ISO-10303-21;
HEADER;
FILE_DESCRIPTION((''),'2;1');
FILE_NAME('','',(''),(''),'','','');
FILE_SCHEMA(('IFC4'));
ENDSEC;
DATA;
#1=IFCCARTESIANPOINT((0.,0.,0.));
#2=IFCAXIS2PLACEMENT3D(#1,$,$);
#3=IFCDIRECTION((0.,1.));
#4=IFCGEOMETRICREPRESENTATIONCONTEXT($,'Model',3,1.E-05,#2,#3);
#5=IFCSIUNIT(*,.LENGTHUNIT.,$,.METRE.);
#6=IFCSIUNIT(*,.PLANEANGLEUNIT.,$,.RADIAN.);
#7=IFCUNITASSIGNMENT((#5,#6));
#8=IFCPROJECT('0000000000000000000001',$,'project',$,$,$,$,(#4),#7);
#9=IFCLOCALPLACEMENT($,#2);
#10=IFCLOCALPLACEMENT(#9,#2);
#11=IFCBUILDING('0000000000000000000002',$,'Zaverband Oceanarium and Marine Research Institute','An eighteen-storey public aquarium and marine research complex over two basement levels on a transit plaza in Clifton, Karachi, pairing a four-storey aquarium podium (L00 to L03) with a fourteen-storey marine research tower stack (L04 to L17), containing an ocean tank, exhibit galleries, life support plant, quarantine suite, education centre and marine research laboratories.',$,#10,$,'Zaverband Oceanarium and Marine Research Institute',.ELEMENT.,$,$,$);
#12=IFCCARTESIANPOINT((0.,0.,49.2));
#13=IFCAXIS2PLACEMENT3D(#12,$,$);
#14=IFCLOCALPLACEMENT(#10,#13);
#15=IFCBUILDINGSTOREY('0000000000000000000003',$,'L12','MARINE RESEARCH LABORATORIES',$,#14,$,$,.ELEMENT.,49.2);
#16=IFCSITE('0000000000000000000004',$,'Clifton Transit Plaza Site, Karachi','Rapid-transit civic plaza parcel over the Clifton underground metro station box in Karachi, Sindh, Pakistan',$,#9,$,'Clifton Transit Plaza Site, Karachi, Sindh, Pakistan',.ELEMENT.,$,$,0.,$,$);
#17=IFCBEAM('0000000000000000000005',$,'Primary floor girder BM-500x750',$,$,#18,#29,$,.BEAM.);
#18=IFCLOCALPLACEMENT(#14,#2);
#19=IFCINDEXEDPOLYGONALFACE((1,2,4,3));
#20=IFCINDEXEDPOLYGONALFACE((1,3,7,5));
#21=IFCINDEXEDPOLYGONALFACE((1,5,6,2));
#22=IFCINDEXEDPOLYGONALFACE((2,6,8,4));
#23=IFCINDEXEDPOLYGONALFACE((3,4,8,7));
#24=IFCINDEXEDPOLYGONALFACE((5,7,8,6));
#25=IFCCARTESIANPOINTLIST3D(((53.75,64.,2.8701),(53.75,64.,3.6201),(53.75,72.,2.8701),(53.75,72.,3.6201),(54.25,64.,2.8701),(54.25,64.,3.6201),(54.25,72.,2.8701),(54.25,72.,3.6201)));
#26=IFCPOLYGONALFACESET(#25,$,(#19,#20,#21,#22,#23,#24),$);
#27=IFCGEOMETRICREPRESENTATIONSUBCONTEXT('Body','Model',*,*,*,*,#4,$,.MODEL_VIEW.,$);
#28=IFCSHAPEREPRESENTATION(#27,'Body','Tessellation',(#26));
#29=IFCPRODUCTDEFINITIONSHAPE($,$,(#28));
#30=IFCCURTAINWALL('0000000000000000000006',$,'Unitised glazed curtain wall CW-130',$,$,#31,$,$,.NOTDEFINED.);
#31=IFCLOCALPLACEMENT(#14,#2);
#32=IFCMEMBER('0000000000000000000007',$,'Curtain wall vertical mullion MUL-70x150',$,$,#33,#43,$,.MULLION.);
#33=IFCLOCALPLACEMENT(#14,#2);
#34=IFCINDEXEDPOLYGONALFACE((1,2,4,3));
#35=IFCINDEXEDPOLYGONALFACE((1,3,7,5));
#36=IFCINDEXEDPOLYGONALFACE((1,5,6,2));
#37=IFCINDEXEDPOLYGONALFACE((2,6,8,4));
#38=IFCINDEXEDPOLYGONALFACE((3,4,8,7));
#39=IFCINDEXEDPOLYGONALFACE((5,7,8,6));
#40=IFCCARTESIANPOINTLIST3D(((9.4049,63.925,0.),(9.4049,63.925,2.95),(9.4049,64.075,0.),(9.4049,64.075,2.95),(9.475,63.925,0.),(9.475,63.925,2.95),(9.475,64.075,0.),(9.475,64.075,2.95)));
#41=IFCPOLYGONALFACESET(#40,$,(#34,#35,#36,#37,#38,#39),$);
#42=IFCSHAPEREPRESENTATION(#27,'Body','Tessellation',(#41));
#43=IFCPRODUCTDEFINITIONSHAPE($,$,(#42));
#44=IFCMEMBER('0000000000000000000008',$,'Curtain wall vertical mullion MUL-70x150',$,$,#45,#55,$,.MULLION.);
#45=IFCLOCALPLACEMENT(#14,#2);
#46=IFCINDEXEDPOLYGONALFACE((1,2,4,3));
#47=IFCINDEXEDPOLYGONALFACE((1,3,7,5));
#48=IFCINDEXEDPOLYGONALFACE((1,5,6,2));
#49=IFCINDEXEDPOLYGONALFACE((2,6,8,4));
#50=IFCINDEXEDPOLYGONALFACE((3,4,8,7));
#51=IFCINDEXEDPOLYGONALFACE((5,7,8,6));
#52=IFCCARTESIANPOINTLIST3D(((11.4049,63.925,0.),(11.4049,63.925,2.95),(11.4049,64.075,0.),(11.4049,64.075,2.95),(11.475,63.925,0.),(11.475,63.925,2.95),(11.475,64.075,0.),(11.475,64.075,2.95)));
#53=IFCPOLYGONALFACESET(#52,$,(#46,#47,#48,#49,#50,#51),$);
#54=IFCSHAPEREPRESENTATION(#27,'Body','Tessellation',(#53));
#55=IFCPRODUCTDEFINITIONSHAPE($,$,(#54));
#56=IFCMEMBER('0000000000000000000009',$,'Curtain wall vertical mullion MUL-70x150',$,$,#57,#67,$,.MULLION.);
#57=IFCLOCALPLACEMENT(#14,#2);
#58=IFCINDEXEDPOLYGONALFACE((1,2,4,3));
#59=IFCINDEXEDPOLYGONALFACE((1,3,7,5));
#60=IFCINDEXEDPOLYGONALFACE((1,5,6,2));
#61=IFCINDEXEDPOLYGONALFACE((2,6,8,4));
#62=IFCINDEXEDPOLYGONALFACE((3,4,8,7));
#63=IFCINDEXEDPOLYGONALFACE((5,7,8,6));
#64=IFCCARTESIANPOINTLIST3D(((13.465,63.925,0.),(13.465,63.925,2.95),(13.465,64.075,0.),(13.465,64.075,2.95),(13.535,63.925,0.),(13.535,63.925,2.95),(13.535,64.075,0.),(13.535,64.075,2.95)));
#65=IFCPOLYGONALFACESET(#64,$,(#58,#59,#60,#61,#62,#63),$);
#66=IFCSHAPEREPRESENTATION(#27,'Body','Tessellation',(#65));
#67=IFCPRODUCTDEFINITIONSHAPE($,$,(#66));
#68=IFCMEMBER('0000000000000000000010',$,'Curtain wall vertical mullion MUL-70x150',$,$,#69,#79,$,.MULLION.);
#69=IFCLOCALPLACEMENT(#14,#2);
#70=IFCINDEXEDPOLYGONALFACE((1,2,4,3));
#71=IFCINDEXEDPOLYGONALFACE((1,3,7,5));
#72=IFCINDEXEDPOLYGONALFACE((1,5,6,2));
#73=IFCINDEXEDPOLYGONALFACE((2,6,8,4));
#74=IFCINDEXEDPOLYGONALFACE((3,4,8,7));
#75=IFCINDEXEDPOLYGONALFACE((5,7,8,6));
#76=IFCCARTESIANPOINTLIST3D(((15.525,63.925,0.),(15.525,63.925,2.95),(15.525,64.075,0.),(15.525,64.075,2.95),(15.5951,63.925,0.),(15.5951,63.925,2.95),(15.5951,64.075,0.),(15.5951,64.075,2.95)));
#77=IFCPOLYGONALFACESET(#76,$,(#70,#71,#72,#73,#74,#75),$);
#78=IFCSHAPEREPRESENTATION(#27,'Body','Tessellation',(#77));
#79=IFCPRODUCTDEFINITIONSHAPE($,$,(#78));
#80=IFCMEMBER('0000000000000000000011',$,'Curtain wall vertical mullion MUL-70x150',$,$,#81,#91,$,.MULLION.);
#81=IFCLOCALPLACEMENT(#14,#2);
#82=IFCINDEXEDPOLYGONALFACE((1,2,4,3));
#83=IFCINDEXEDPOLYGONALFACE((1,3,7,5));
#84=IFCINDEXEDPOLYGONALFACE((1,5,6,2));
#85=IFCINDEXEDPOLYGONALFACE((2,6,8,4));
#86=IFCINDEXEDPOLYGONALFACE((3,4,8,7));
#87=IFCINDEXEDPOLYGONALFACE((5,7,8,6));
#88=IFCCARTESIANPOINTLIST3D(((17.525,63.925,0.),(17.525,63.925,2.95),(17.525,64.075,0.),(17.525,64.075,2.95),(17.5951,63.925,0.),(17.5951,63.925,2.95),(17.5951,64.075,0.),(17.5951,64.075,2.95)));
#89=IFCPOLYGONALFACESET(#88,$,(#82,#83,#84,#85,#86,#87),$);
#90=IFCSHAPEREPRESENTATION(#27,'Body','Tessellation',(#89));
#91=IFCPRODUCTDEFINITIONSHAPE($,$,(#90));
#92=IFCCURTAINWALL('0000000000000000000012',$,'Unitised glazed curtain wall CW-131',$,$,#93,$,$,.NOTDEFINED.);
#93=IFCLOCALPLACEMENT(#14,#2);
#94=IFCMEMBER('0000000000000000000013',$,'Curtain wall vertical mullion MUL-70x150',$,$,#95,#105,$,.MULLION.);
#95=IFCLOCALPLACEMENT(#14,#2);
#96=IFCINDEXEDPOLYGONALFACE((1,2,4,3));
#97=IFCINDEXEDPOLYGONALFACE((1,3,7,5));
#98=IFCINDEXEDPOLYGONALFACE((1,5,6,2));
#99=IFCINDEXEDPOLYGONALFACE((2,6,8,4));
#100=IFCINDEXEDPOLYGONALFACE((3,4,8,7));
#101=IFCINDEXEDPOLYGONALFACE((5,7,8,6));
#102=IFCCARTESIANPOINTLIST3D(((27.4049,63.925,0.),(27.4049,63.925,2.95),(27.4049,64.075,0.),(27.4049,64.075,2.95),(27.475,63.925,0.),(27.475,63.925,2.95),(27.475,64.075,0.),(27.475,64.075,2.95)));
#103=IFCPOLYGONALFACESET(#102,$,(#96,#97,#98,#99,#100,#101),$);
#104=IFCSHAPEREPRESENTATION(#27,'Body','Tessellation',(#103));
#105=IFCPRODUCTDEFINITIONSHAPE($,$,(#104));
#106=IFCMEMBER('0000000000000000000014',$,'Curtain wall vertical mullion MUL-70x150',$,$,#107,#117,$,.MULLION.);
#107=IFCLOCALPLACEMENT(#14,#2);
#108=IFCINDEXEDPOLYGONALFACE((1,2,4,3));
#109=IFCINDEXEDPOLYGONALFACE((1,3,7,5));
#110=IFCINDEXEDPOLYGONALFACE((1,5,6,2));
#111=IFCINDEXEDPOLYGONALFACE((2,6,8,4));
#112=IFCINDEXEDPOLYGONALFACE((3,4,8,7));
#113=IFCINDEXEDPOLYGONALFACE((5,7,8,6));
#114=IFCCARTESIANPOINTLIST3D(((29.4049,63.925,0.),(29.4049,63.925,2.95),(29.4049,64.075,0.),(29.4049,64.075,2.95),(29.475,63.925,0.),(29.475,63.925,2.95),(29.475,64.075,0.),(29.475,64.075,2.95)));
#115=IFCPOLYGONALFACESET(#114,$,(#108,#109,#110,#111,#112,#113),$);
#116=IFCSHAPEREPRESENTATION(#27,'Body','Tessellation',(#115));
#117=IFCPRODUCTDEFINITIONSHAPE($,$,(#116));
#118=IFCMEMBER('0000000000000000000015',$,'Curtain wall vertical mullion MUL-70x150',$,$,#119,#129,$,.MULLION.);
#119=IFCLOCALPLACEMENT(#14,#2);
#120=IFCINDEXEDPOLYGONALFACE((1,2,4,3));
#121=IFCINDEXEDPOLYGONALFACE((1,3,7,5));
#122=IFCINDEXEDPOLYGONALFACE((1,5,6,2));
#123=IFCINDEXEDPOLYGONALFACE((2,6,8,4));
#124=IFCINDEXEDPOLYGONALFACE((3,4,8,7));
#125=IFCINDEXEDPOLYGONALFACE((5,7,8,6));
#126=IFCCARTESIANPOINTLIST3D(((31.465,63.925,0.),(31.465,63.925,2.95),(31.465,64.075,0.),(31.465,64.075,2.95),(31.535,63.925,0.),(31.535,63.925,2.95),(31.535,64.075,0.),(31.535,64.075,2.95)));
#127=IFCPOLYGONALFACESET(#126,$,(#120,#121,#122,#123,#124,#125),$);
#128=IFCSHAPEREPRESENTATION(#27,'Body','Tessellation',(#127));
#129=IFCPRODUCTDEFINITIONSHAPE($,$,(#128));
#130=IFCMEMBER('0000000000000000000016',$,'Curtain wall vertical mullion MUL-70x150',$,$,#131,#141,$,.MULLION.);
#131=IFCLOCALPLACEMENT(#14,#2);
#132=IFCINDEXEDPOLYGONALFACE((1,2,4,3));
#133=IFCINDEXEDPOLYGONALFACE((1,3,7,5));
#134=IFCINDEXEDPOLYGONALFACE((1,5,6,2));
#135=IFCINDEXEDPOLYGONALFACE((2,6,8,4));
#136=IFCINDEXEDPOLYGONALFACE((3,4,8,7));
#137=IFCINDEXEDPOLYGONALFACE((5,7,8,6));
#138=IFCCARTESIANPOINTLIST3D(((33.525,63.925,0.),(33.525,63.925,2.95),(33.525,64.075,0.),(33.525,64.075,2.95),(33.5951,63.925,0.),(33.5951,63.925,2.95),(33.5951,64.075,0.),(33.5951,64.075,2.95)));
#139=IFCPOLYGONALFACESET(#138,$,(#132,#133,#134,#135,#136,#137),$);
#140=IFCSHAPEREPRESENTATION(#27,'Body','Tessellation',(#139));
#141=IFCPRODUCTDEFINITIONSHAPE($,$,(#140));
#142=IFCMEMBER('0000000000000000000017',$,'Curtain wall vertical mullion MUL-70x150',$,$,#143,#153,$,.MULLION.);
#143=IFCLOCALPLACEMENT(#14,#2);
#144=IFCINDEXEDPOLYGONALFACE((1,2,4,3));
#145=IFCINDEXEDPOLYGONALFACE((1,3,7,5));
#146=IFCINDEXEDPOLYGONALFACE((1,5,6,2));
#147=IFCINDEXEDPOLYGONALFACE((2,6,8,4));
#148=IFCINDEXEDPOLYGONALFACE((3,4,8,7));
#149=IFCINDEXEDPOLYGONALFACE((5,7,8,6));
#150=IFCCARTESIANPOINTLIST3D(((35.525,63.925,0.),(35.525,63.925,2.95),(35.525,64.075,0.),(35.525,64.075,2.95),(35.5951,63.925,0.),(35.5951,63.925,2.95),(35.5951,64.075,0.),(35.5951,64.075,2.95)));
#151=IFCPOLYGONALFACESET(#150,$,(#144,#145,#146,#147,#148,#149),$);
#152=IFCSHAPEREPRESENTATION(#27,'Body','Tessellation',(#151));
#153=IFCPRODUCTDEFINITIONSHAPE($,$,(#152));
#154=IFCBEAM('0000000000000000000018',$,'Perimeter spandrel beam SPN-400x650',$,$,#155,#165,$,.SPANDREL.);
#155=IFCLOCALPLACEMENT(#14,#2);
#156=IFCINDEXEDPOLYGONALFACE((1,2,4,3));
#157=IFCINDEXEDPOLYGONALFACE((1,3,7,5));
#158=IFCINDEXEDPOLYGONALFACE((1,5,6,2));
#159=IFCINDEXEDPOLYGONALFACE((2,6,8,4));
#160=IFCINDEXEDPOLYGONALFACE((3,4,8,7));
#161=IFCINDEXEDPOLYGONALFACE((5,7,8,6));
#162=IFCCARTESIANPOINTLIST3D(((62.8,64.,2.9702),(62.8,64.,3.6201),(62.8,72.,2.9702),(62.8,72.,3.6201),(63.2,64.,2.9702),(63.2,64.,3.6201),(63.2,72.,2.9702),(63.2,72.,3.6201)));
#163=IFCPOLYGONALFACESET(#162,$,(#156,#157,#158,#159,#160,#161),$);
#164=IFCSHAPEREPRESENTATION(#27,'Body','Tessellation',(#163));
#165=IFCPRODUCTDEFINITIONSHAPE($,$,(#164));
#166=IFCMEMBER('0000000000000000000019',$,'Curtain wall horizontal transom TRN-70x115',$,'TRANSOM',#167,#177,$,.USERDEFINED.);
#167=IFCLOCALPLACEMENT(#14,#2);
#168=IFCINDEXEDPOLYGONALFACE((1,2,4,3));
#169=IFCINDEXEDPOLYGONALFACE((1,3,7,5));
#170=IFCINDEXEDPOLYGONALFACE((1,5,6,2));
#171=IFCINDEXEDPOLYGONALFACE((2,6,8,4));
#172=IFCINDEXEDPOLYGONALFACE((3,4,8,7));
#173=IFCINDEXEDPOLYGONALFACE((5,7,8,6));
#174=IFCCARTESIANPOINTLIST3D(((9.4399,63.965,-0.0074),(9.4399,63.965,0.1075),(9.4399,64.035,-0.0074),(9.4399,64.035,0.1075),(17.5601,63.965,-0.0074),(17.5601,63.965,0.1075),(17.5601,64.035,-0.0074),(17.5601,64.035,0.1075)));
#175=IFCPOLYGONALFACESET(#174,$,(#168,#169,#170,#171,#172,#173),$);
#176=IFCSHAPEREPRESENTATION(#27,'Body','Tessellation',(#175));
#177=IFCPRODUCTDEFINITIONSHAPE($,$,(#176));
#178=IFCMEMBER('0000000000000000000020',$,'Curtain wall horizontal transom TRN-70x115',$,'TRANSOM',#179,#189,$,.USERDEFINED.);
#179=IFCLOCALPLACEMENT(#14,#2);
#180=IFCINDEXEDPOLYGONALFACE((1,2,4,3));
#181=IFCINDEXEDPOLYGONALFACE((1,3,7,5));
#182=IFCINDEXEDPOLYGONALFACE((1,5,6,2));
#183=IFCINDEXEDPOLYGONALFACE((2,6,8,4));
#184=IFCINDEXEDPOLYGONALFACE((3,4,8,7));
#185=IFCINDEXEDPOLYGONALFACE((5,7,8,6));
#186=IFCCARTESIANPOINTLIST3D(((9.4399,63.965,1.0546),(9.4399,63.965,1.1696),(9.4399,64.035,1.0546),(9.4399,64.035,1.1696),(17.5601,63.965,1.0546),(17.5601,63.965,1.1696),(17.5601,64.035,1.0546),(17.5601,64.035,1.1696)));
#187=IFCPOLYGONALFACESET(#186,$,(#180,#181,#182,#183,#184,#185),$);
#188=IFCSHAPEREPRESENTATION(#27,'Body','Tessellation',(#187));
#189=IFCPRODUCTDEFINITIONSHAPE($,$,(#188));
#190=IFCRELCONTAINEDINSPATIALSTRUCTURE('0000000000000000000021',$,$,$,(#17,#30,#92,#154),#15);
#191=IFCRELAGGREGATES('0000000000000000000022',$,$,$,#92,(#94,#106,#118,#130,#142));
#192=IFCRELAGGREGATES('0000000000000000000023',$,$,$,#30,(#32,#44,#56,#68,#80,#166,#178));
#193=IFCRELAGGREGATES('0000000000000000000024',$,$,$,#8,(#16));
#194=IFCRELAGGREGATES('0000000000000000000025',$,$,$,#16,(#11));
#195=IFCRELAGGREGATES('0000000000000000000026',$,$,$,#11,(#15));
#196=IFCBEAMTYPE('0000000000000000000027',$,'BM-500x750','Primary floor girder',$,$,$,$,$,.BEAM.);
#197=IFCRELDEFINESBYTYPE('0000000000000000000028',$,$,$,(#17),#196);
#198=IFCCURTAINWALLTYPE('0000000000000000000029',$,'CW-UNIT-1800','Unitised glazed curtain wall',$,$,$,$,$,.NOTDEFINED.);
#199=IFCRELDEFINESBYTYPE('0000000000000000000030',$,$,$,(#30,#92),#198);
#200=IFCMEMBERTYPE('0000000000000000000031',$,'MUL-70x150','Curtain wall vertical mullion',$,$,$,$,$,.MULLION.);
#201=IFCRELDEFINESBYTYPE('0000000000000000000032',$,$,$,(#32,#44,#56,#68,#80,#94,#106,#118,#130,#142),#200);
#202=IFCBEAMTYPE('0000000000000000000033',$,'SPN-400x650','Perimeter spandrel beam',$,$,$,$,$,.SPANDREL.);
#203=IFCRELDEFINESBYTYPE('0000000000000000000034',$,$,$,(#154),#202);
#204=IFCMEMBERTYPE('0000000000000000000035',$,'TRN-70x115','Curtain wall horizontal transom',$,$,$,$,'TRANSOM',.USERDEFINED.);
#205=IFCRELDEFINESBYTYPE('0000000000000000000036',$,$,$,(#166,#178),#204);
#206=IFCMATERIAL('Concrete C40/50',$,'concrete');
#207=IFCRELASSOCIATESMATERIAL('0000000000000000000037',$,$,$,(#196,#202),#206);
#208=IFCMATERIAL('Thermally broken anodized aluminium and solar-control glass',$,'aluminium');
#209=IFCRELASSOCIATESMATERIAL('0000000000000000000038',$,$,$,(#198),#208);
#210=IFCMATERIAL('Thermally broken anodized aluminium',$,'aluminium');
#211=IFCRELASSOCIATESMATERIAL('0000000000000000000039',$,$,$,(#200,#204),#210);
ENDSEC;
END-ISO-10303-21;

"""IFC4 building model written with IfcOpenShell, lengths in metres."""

from ifc_helpers import new_model, si_unit, direction, frame, origin, origin_2d, place, context, subcontext, project, spatial, rectangle, extrude, material, material_profile, profile_set, type_object, element, aggregate, save


model = new_model("IFC4")

# Units and contexts
model_context = context("Model", 3, precision=1e-05, world=origin(), true_north=direction((0.0, 1.0)))
body_context = subcontext(model_context, "Body", "Model", "MODEL_VIEW")
ifc_project = project(units=[si_unit("LENGTHUNIT", "METRE"), si_unit("PLANEANGLEUNIT", "RADIAN")], contexts=[model_context])

# Site, building, storey
site_placement = place(None, origin())
site = spatial("IfcSite", under=ifc_project, at=site_placement, Name="Clifton Transit Plaza Site, Karachi", Description="Rapid-transit civic plaza parcel over the Clifton underground metro station box in Karachi, Sindh, Pakistan", LongName="Clifton Transit Plaza Site, Karachi, Sindh, Pakistan", CompositionType="ELEMENT", RefElevation=0.0)
building_placement = place(site_placement, origin())
building = spatial("IfcBuilding", under=site, at=building_placement, Name="Zaverband Oceanarium and Marine Research Institute", Description="An eighteen-storey public aquarium and marine research complex over two basement levels on a transit plaza in Clifton, Karachi, pairing a four-storey aquarium podium (L00 to L03) with a fourteen-storey marine research tower stack (L04 to L17), containing an ocean tank, exhibit galleries, life support plant, quarantine suite, education centre and marine research laboratories.", LongName="Zaverband Oceanarium and Marine Research Institute", CompositionType="ELEMENT")
storey_placement = place(building_placement, frame((0.0, 0.0, 49.2)))
storey = spatial("IfcBuildingStorey", under=building, at=storey_placement, Name="L12", Description="MARINE RESEARCH LABORATORIES", CompositionType="ELEMENT", Elevation=49.2)

# Beam
ifc_material_1 = material(Name="Concrete C40/50", Category="concrete")
ifc_material_profile_1 = material_profile(ifc_material_1, rectangle(XDim=0.5, YDim=0.75, at=origin_2d()), Name="RC500x750")
ifc_profile_set_1 = profile_set([ifc_material_profile_1], Name="Concrete C40/50")
beam_type_1 = type_object("IfcBeamType", Name="BM-500x750", Description="Primary floor girder", PredefinedType="BEAM", material=ifc_profile_set_1)
beam_1_placement = place(storey_placement, frame((54.0, 64.0, 3.2451), z_axis=(0.0, 1.0, 0.0), x_axis=(-1.0, 0.0, 0.0)))
element("IfcBeam", 1, at=beam_1_placement, inside=storey, type_object=beam_type_1, Name="Primary floor girder BM-500x750", PredefinedType="BEAM", context=body_context, shape_type="SweptSolid", body=[
    extrude(rectangle(XDim=0.5, YDim=0.75, at=origin_2d()), origin(), (0.0, 0.0, 1.0), 8.0),
])

# Curtain walls, members
ifc_material_2 = material(Name="Thermally broken anodized aluminium and solar-control glass", Category="aluminium")
curtain_wall_type = type_object("IfcCurtainWallType", Name="CW-UNIT-1800", Description="Unitised glazed curtain wall", PredefinedType="NOTDEFINED", material=ifc_material_2)
curtain_wall_1_placement = place(storey_placement, origin())
curtain_wall_1 = element("IfcCurtainWall", 2, at=curtain_wall_1_placement, inside=storey, type_object=curtain_wall_type, Name="Unitised glazed curtain wall CW-130", PredefinedType="NOTDEFINED")
ifc_material_3 = material(Name="Thermally broken anodized aluminium", Category="aluminium")
ifc_material_profile_2 = material_profile(ifc_material_3, rectangle(XDim=0.0701, YDim=0.1499, at=origin_2d()), Name="AL-MUL-70x150")
ifc_profile_set_2 = profile_set([ifc_material_profile_2], Name="Thermally broken anodized aluminium")
member_type_1 = type_object("IfcMemberType", Name="MUL-70x150", Description="Curtain wall vertical mullion", PredefinedType="MULLION", material=ifc_profile_set_2)
member_1_placement = place(storey_placement, frame((9.4399, 64.0, 0.0), z_axis=(0.0, 0.0, 1.0), x_axis=(1.0, 0.0, 0.0)))
member_1 = element("IfcMember", 3, at=member_1_placement, type_object=member_type_1, Name="Curtain wall vertical mullion MUL-70x150", PredefinedType="MULLION", context=body_context, shape_type="SweptSolid", body=[
    extrude(rectangle(XDim=0.0701, YDim=0.1499, at=origin_2d()), origin(), (0.0, 0.0, 1.0), 2.95),
])
member_2_placement = place(storey_placement, frame((11.4399, 64.0, 0.0), z_axis=(0.0, 0.0, 1.0), x_axis=(1.0, 0.0, 0.0)))
member_2 = element("IfcMember", 4, at=member_2_placement, type_object=member_type_1, Name="Curtain wall vertical mullion MUL-70x150", PredefinedType="MULLION", context=body_context, shape_type="SweptSolid", body=[
    extrude(rectangle(XDim=0.0701, YDim=0.1499, at=origin_2d()), origin(), (0.0, 0.0, 1.0), 2.95),
])
member_3_placement = place(storey_placement, frame((13.5, 64.0, 0.0), z_axis=(0.0, 0.0, 1.0), x_axis=(1.0, 0.0, 0.0)))
member_3 = element("IfcMember", 5, at=member_3_placement, type_object=member_type_1, Name="Curtain wall vertical mullion MUL-70x150", PredefinedType="MULLION", context=body_context, shape_type="SweptSolid", body=[
    extrude(rectangle(XDim=0.0701, YDim=0.1499, at=origin_2d()), origin(), (0.0, 0.0, 1.0), 2.95),
])
member_4_placement = place(storey_placement, frame((15.5601, 64.0, 0.0), z_axis=(0.0, 0.0, 1.0), x_axis=(1.0, 0.0, 0.0)))
member_4 = element("IfcMember", 6, at=member_4_placement, type_object=member_type_1, Name="Curtain wall vertical mullion MUL-70x150", PredefinedType="MULLION", context=body_context, shape_type="SweptSolid", body=[
    extrude(rectangle(XDim=0.0701, YDim=0.1499, at=origin_2d()), origin(), (0.0, 0.0, 1.0), 2.95),
])
member_5_placement = place(storey_placement, frame((17.5601, 64.0, 0.0), z_axis=(0.0, 0.0, 1.0), x_axis=(1.0, 0.0, 0.0)))
member_5 = element("IfcMember", 7, at=member_5_placement, type_object=member_type_1, Name="Curtain wall vertical mullion MUL-70x150", PredefinedType="MULLION", context=body_context, shape_type="SweptSolid", body=[
    extrude(rectangle(XDim=0.0701, YDim=0.1499, at=origin_2d()), origin(), (0.0, 0.0, 1.0), 2.95),
])
curtain_wall_2_placement = place(storey_placement, origin())
curtain_wall_2 = element("IfcCurtainWall", 8, at=curtain_wall_2_placement, inside=storey, type_object=curtain_wall_type, Name="Unitised glazed curtain wall CW-131", PredefinedType="NOTDEFINED")
member_6_placement = place(storey_placement, frame((27.4399, 64.0, 0.0), z_axis=(0.0, 0.0, 1.0), x_axis=(1.0, 0.0, 0.0)))
member_6 = element("IfcMember", 9, at=member_6_placement, type_object=member_type_1, Name="Curtain wall vertical mullion MUL-70x150", PredefinedType="MULLION", context=body_context, shape_type="SweptSolid", body=[
    extrude(rectangle(XDim=0.0701, YDim=0.1499, at=origin_2d()), origin(), (0.0, 0.0, 1.0), 2.95),
])
member_7_placement = place(storey_placement, frame((29.4399, 64.0, 0.0), z_axis=(0.0, 0.0, 1.0), x_axis=(1.0, 0.0, 0.0)))
member_7 = element("IfcMember", 10, at=member_7_placement, type_object=member_type_1, Name="Curtain wall vertical mullion MUL-70x150", PredefinedType="MULLION", context=body_context, shape_type="SweptSolid", body=[
    extrude(rectangle(XDim=0.0701, YDim=0.1499, at=origin_2d()), origin(), (0.0, 0.0, 1.0), 2.95),
])
member_8_placement = place(storey_placement, frame((31.5, 64.0, 0.0), z_axis=(0.0, 0.0, 1.0), x_axis=(1.0, 0.0, 0.0)))
member_8 = element("IfcMember", 11, at=member_8_placement, type_object=member_type_1, Name="Curtain wall vertical mullion MUL-70x150", PredefinedType="MULLION", context=body_context, shape_type="SweptSolid", body=[
    extrude(rectangle(XDim=0.0701, YDim=0.1499, at=origin_2d()), origin(), (0.0, 0.0, 1.0), 2.95),
])
member_9_placement = place(storey_placement, frame((33.5601, 64.0, 0.0), z_axis=(0.0, 0.0, 1.0), x_axis=(1.0, 0.0, 0.0)))
member_9 = element("IfcMember", 12, at=member_9_placement, type_object=member_type_1, Name="Curtain wall vertical mullion MUL-70x150", PredefinedType="MULLION", context=body_context, shape_type="SweptSolid", body=[
    extrude(rectangle(XDim=0.0701, YDim=0.1499, at=origin_2d()), origin(), (0.0, 0.0, 1.0), 2.95),
])
member_10_placement = place(storey_placement, frame((35.5601, 64.0, 0.0), z_axis=(0.0, 0.0, 1.0), x_axis=(1.0, 0.0, 0.0)))
member_10 = element("IfcMember", 13, at=member_10_placement, type_object=member_type_1, Name="Curtain wall vertical mullion MUL-70x150", PredefinedType="MULLION", context=body_context, shape_type="SweptSolid", body=[
    extrude(rectangle(XDim=0.0701, YDim=0.1499, at=origin_2d()), origin(), (0.0, 0.0, 1.0), 2.95),
])

# Beam
ifc_material_profile_3 = material_profile(ifc_material_1, rectangle(XDim=0.3999, YDim=0.6499, at=origin_2d()), Name="RC400x650")
ifc_profile_set_3 = profile_set([ifc_material_profile_3], Name="Concrete C40/50")
beam_type_2 = type_object("IfcBeamType", Name="SPN-400x650", Description="Perimeter spandrel beam", PredefinedType="SPANDREL", material=ifc_profile_set_3)
beam_2_placement = place(storey_placement, frame((63.0, 64.0, 3.2952), z_axis=(0.0, 1.0, 0.0), x_axis=(-1.0, 0.0, 0.0)))
element("IfcBeam", 14, at=beam_2_placement, inside=storey, type_object=beam_type_2, Name="Perimeter spandrel beam SPN-400x650", PredefinedType="SPANDREL", context=body_context, shape_type="SweptSolid", body=[
    extrude(rectangle(XDim=0.3999, YDim=0.6499, at=origin_2d()), origin(), (0.0, 0.0, 1.0), 8.0),
])

# Members
ifc_material_profile_4 = material_profile(ifc_material_3, rectangle(XDim=0.0701, YDim=0.115, at=origin_2d()), Name="AL-TRN-70x115")
ifc_profile_set_4 = profile_set([ifc_material_profile_4], Name="Thermally broken anodized aluminium")
member_type_2 = type_object("IfcMemberType", Name="TRN-70x115", Description="Curtain wall horizontal transom", ElementType="TRANSOM", PredefinedType="USERDEFINED", material=ifc_profile_set_4)
member_11_placement = place(storey_placement, frame((9.4399, 64.0, 0.05), z_axis=(1.0, 0.0, 0.0), x_axis=(0.0, 1.0, 0.0)))
member_11 = element("IfcMember", 15, at=member_11_placement, type_object=member_type_2, Name="Curtain wall horizontal transom TRN-70x115", ObjectType="TRANSOM", PredefinedType="USERDEFINED", context=body_context, shape_type="SweptSolid", body=[
    extrude(rectangle(XDim=0.0701, YDim=0.115, at=origin_2d()), origin(), (0.0, 0.0, 1.0), 8.1201),
])
member_12_placement = place(storey_placement, frame((9.4399, 64.0, 1.1121), z_axis=(1.0, 0.0, 0.0), x_axis=(0.0, 1.0, 0.0)))
member_12 = element("IfcMember", 16, at=member_12_placement, type_object=member_type_2, Name="Curtain wall horizontal transom TRN-70x115", ObjectType="TRANSOM", PredefinedType="USERDEFINED", context=body_context, shape_type="SweptSolid", body=[
    extrude(rectangle(XDim=0.0701, YDim=0.115, at=origin_2d()), origin(), (0.0, 0.0, 1.0), 8.1201),
])
aggregate(curtain_wall_2, [member_6, member_7, member_8, member_9, member_10])

aggregate(curtain_wall_1, [member_1, member_2, member_3, member_4, member_5, member_11, member_12])

save(model, "model.ifc")
